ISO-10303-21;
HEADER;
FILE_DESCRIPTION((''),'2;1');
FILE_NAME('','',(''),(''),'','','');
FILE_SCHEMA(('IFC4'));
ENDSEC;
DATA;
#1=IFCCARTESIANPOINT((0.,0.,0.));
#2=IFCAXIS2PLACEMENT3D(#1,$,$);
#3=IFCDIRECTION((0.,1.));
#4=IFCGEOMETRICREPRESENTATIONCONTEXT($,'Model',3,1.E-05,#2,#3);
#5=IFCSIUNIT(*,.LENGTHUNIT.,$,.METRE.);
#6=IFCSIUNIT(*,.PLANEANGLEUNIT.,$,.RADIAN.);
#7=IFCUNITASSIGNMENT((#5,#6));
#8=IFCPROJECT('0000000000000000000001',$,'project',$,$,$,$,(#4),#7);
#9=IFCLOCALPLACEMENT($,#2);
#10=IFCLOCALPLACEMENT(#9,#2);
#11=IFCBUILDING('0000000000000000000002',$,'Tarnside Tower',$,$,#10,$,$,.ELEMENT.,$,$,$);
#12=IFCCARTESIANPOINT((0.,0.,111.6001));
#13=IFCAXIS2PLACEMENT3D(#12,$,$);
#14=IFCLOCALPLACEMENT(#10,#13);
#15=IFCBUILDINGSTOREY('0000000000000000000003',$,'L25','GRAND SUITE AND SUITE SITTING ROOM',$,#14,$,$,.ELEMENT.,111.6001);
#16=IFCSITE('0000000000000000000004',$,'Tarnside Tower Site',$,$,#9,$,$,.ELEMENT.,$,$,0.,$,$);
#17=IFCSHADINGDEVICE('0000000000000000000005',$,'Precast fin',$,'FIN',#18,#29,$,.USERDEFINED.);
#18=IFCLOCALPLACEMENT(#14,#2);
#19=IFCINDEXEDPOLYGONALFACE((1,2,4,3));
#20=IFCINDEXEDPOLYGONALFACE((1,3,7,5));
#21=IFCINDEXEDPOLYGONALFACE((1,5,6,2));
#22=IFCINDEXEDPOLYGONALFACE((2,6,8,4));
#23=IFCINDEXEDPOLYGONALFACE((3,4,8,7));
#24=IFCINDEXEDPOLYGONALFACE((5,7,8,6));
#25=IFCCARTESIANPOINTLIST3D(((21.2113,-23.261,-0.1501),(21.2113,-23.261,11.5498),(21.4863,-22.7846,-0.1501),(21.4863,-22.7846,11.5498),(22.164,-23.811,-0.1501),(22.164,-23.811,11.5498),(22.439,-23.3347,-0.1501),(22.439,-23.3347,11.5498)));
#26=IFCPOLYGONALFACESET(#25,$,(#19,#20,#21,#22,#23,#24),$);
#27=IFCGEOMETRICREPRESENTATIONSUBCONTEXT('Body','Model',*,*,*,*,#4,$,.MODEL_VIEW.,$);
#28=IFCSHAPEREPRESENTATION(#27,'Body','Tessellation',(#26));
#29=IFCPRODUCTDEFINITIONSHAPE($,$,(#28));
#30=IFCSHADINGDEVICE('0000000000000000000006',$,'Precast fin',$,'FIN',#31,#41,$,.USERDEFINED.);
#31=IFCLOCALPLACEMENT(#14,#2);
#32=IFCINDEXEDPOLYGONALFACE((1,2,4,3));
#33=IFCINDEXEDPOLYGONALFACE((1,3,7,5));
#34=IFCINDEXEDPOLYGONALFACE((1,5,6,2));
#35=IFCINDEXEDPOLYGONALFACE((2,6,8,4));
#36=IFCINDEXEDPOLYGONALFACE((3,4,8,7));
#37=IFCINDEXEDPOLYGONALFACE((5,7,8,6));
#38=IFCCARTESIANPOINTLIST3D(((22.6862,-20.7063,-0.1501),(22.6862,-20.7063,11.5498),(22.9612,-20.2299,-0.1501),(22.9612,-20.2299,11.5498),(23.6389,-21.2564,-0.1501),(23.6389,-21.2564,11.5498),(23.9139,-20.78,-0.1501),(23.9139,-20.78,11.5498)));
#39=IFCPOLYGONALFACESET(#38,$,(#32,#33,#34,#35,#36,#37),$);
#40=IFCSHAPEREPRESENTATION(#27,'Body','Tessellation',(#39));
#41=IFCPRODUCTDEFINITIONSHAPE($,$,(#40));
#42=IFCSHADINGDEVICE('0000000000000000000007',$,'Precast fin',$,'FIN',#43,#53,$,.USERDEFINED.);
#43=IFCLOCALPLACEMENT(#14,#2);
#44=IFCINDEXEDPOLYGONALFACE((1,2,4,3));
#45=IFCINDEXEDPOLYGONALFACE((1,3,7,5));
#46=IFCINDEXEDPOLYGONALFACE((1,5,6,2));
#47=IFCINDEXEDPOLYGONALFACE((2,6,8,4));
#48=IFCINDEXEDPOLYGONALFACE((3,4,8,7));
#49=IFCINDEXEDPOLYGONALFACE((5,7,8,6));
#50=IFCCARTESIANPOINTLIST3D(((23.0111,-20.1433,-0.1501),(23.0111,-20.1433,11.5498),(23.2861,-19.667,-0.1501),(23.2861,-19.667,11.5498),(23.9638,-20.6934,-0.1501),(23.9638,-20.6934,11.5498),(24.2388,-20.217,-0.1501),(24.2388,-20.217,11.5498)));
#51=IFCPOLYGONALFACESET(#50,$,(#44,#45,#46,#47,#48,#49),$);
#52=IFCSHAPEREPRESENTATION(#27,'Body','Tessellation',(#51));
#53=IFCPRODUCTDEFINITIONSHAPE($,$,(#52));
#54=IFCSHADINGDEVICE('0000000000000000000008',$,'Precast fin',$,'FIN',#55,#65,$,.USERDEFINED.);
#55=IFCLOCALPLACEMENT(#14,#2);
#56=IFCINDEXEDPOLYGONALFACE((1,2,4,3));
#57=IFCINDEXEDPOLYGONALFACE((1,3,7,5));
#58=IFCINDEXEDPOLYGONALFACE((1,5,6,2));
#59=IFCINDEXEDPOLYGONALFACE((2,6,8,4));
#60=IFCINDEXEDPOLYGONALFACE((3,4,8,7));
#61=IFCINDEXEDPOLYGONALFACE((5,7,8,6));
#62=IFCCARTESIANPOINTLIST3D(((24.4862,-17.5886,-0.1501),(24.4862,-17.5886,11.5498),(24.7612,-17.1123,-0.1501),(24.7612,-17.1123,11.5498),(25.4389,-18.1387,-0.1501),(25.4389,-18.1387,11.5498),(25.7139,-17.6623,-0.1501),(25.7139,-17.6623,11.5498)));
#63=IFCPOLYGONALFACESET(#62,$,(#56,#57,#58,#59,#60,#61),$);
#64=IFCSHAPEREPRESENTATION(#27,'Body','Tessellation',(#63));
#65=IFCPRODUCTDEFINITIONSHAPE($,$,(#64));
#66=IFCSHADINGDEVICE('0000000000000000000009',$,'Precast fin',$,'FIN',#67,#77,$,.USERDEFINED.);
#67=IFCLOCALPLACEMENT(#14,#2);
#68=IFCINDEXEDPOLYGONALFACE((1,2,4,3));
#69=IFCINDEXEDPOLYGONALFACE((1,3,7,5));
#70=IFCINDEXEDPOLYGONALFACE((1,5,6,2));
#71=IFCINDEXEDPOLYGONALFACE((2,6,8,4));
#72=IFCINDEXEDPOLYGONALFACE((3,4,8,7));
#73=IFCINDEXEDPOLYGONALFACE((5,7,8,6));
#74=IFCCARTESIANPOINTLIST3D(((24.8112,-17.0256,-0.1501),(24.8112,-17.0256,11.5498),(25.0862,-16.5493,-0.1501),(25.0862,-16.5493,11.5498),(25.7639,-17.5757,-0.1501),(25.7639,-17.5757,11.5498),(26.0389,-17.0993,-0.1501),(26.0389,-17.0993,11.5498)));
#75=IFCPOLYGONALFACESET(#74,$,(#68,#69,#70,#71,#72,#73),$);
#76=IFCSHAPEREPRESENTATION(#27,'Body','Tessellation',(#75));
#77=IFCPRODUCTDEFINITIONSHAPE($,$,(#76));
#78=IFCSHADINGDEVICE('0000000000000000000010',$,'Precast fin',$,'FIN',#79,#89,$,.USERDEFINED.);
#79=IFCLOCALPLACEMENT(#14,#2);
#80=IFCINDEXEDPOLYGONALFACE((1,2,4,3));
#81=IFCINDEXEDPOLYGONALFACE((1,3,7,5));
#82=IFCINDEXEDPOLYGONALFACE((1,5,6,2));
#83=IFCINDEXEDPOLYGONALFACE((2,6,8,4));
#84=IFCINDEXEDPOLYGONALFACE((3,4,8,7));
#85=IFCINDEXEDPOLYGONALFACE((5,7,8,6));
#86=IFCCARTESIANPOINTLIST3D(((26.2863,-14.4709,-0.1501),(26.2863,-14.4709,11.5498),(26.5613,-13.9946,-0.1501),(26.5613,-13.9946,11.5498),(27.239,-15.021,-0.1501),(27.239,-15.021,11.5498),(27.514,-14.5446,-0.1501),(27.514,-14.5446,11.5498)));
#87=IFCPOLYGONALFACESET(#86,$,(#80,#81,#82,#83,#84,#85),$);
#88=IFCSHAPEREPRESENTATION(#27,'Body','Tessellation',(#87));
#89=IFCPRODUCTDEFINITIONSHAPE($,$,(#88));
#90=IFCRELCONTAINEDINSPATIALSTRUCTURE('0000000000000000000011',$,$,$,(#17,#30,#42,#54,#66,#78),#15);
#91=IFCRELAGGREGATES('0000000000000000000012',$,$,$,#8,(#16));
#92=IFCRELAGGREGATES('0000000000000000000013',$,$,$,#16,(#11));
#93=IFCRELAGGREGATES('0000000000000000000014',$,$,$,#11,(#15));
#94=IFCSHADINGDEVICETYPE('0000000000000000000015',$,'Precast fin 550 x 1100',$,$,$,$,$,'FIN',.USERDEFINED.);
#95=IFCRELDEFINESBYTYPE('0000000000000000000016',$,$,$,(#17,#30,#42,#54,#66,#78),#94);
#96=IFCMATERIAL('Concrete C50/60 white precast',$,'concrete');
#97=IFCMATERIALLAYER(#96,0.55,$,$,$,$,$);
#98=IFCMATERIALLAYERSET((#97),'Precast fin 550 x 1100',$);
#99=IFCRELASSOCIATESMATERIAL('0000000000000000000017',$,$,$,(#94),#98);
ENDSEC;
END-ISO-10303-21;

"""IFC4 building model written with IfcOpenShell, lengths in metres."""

from ifc_helpers import new_model, si_unit, direction, frame, origin, place, context, subcontext, project, spatial, polyline, outline, extrude, material, layer, layer_set, type_object, element, save


model = new_model("IFC4")

# Units and contexts
model_context = context("Model", 3, precision=1e-05, world=origin(), true_north=direction((0.0, 1.0)))
body_context = subcontext(model_context, "Body", "Model", "MODEL_VIEW")
ifc_project = project(units=[si_unit("LENGTHUNIT", "METRE"), si_unit("PLANEANGLEUNIT", "RADIAN")], contexts=[model_context])

# Site, building, storey
site_placement = place(None, origin())
site = spatial("IfcSite", under=ifc_project, at=site_placement, Name="Tarnside Tower Site", CompositionType="ELEMENT", RefElevation=0.0)
building_placement = place(site_placement, origin())
building = spatial("IfcBuilding", under=site, at=building_placement, Name="Tarnside Tower", CompositionType="ELEMENT")
storey_placement = place(building_placement, frame((0.0, 0.0, 111.6001)))
storey = spatial("IfcBuildingStorey", under=building, at=storey_placement, Name="L25", Description="GRAND SUITE AND SUITE SITTING ROOM", CompositionType="ELEMENT", Elevation=111.6001)

# Shading devices
ifc_material_1 = material(Name="Concrete C50/60 white precast", Category="concrete")
ifc_layer_1 = layer(ifc_material_1, 0.55)
ifc_layer_set_1 = layer_set([ifc_layer_1], Name="Precast fin 550 x 1100")
shading_device_type = type_object("IfcShadingDeviceType", Name="Precast fin 550 x 1100", ElementType="FIN", PredefinedType="USERDEFINED", material=ifc_layer_set_1)
for number, where, z_axis, x_axis, name in (
    (1, (21.3489, -23.0227, -0.1501), (-0.5, -0.866025, 0.0), (0.866025, -0.5, 0.0), "Precast fin"),
    (2, (22.8237, -20.468, -0.1501), (-0.5, -0.866025, 0.0), (0.866025, -0.5, 0.0), "Precast fin"),
    (3, (23.1487, -19.905, -0.1501), (-0.5, -0.866025, 0.0), (0.866025, -0.5, 0.0), "Precast fin"),
    (4, (24.6238, -17.3503, -0.1501), (-0.5, -0.866025, 0.0), (0.866025, -0.5, 0.0), "Precast fin"),
    (5, (24.9487, -16.7874, -0.1501), (-0.5, -0.866025, 0.0), (0.866025, -0.5, 0.0), "Precast fin"),
    (6, (26.4238, -14.2327, -0.1501), (-0.5, -0.866025, 0.0), (0.866025, -0.5, 0.0), "Precast fin"),
):
    element("IfcShadingDevice", number, at=place(storey_placement, frame(where, z_axis=z_axis, x_axis=x_axis)), inside=storey, type_object=shading_device_type, Name=name, ObjectType="FIN", PredefinedType="USERDEFINED", context=body_context, shape_type="SweptSolid", body=[
        extrude(outline(polyline([(0.0, 0.0), (1.1001, 0.0), (1.1001, 11.7), (0.0, 11.7), (0.0, 0.0)])), frame((0.0, 0.0, -0.2749)), (0.0, 0.0, 1.0), 0.55),
    ])

save(model, "model.ifc")
